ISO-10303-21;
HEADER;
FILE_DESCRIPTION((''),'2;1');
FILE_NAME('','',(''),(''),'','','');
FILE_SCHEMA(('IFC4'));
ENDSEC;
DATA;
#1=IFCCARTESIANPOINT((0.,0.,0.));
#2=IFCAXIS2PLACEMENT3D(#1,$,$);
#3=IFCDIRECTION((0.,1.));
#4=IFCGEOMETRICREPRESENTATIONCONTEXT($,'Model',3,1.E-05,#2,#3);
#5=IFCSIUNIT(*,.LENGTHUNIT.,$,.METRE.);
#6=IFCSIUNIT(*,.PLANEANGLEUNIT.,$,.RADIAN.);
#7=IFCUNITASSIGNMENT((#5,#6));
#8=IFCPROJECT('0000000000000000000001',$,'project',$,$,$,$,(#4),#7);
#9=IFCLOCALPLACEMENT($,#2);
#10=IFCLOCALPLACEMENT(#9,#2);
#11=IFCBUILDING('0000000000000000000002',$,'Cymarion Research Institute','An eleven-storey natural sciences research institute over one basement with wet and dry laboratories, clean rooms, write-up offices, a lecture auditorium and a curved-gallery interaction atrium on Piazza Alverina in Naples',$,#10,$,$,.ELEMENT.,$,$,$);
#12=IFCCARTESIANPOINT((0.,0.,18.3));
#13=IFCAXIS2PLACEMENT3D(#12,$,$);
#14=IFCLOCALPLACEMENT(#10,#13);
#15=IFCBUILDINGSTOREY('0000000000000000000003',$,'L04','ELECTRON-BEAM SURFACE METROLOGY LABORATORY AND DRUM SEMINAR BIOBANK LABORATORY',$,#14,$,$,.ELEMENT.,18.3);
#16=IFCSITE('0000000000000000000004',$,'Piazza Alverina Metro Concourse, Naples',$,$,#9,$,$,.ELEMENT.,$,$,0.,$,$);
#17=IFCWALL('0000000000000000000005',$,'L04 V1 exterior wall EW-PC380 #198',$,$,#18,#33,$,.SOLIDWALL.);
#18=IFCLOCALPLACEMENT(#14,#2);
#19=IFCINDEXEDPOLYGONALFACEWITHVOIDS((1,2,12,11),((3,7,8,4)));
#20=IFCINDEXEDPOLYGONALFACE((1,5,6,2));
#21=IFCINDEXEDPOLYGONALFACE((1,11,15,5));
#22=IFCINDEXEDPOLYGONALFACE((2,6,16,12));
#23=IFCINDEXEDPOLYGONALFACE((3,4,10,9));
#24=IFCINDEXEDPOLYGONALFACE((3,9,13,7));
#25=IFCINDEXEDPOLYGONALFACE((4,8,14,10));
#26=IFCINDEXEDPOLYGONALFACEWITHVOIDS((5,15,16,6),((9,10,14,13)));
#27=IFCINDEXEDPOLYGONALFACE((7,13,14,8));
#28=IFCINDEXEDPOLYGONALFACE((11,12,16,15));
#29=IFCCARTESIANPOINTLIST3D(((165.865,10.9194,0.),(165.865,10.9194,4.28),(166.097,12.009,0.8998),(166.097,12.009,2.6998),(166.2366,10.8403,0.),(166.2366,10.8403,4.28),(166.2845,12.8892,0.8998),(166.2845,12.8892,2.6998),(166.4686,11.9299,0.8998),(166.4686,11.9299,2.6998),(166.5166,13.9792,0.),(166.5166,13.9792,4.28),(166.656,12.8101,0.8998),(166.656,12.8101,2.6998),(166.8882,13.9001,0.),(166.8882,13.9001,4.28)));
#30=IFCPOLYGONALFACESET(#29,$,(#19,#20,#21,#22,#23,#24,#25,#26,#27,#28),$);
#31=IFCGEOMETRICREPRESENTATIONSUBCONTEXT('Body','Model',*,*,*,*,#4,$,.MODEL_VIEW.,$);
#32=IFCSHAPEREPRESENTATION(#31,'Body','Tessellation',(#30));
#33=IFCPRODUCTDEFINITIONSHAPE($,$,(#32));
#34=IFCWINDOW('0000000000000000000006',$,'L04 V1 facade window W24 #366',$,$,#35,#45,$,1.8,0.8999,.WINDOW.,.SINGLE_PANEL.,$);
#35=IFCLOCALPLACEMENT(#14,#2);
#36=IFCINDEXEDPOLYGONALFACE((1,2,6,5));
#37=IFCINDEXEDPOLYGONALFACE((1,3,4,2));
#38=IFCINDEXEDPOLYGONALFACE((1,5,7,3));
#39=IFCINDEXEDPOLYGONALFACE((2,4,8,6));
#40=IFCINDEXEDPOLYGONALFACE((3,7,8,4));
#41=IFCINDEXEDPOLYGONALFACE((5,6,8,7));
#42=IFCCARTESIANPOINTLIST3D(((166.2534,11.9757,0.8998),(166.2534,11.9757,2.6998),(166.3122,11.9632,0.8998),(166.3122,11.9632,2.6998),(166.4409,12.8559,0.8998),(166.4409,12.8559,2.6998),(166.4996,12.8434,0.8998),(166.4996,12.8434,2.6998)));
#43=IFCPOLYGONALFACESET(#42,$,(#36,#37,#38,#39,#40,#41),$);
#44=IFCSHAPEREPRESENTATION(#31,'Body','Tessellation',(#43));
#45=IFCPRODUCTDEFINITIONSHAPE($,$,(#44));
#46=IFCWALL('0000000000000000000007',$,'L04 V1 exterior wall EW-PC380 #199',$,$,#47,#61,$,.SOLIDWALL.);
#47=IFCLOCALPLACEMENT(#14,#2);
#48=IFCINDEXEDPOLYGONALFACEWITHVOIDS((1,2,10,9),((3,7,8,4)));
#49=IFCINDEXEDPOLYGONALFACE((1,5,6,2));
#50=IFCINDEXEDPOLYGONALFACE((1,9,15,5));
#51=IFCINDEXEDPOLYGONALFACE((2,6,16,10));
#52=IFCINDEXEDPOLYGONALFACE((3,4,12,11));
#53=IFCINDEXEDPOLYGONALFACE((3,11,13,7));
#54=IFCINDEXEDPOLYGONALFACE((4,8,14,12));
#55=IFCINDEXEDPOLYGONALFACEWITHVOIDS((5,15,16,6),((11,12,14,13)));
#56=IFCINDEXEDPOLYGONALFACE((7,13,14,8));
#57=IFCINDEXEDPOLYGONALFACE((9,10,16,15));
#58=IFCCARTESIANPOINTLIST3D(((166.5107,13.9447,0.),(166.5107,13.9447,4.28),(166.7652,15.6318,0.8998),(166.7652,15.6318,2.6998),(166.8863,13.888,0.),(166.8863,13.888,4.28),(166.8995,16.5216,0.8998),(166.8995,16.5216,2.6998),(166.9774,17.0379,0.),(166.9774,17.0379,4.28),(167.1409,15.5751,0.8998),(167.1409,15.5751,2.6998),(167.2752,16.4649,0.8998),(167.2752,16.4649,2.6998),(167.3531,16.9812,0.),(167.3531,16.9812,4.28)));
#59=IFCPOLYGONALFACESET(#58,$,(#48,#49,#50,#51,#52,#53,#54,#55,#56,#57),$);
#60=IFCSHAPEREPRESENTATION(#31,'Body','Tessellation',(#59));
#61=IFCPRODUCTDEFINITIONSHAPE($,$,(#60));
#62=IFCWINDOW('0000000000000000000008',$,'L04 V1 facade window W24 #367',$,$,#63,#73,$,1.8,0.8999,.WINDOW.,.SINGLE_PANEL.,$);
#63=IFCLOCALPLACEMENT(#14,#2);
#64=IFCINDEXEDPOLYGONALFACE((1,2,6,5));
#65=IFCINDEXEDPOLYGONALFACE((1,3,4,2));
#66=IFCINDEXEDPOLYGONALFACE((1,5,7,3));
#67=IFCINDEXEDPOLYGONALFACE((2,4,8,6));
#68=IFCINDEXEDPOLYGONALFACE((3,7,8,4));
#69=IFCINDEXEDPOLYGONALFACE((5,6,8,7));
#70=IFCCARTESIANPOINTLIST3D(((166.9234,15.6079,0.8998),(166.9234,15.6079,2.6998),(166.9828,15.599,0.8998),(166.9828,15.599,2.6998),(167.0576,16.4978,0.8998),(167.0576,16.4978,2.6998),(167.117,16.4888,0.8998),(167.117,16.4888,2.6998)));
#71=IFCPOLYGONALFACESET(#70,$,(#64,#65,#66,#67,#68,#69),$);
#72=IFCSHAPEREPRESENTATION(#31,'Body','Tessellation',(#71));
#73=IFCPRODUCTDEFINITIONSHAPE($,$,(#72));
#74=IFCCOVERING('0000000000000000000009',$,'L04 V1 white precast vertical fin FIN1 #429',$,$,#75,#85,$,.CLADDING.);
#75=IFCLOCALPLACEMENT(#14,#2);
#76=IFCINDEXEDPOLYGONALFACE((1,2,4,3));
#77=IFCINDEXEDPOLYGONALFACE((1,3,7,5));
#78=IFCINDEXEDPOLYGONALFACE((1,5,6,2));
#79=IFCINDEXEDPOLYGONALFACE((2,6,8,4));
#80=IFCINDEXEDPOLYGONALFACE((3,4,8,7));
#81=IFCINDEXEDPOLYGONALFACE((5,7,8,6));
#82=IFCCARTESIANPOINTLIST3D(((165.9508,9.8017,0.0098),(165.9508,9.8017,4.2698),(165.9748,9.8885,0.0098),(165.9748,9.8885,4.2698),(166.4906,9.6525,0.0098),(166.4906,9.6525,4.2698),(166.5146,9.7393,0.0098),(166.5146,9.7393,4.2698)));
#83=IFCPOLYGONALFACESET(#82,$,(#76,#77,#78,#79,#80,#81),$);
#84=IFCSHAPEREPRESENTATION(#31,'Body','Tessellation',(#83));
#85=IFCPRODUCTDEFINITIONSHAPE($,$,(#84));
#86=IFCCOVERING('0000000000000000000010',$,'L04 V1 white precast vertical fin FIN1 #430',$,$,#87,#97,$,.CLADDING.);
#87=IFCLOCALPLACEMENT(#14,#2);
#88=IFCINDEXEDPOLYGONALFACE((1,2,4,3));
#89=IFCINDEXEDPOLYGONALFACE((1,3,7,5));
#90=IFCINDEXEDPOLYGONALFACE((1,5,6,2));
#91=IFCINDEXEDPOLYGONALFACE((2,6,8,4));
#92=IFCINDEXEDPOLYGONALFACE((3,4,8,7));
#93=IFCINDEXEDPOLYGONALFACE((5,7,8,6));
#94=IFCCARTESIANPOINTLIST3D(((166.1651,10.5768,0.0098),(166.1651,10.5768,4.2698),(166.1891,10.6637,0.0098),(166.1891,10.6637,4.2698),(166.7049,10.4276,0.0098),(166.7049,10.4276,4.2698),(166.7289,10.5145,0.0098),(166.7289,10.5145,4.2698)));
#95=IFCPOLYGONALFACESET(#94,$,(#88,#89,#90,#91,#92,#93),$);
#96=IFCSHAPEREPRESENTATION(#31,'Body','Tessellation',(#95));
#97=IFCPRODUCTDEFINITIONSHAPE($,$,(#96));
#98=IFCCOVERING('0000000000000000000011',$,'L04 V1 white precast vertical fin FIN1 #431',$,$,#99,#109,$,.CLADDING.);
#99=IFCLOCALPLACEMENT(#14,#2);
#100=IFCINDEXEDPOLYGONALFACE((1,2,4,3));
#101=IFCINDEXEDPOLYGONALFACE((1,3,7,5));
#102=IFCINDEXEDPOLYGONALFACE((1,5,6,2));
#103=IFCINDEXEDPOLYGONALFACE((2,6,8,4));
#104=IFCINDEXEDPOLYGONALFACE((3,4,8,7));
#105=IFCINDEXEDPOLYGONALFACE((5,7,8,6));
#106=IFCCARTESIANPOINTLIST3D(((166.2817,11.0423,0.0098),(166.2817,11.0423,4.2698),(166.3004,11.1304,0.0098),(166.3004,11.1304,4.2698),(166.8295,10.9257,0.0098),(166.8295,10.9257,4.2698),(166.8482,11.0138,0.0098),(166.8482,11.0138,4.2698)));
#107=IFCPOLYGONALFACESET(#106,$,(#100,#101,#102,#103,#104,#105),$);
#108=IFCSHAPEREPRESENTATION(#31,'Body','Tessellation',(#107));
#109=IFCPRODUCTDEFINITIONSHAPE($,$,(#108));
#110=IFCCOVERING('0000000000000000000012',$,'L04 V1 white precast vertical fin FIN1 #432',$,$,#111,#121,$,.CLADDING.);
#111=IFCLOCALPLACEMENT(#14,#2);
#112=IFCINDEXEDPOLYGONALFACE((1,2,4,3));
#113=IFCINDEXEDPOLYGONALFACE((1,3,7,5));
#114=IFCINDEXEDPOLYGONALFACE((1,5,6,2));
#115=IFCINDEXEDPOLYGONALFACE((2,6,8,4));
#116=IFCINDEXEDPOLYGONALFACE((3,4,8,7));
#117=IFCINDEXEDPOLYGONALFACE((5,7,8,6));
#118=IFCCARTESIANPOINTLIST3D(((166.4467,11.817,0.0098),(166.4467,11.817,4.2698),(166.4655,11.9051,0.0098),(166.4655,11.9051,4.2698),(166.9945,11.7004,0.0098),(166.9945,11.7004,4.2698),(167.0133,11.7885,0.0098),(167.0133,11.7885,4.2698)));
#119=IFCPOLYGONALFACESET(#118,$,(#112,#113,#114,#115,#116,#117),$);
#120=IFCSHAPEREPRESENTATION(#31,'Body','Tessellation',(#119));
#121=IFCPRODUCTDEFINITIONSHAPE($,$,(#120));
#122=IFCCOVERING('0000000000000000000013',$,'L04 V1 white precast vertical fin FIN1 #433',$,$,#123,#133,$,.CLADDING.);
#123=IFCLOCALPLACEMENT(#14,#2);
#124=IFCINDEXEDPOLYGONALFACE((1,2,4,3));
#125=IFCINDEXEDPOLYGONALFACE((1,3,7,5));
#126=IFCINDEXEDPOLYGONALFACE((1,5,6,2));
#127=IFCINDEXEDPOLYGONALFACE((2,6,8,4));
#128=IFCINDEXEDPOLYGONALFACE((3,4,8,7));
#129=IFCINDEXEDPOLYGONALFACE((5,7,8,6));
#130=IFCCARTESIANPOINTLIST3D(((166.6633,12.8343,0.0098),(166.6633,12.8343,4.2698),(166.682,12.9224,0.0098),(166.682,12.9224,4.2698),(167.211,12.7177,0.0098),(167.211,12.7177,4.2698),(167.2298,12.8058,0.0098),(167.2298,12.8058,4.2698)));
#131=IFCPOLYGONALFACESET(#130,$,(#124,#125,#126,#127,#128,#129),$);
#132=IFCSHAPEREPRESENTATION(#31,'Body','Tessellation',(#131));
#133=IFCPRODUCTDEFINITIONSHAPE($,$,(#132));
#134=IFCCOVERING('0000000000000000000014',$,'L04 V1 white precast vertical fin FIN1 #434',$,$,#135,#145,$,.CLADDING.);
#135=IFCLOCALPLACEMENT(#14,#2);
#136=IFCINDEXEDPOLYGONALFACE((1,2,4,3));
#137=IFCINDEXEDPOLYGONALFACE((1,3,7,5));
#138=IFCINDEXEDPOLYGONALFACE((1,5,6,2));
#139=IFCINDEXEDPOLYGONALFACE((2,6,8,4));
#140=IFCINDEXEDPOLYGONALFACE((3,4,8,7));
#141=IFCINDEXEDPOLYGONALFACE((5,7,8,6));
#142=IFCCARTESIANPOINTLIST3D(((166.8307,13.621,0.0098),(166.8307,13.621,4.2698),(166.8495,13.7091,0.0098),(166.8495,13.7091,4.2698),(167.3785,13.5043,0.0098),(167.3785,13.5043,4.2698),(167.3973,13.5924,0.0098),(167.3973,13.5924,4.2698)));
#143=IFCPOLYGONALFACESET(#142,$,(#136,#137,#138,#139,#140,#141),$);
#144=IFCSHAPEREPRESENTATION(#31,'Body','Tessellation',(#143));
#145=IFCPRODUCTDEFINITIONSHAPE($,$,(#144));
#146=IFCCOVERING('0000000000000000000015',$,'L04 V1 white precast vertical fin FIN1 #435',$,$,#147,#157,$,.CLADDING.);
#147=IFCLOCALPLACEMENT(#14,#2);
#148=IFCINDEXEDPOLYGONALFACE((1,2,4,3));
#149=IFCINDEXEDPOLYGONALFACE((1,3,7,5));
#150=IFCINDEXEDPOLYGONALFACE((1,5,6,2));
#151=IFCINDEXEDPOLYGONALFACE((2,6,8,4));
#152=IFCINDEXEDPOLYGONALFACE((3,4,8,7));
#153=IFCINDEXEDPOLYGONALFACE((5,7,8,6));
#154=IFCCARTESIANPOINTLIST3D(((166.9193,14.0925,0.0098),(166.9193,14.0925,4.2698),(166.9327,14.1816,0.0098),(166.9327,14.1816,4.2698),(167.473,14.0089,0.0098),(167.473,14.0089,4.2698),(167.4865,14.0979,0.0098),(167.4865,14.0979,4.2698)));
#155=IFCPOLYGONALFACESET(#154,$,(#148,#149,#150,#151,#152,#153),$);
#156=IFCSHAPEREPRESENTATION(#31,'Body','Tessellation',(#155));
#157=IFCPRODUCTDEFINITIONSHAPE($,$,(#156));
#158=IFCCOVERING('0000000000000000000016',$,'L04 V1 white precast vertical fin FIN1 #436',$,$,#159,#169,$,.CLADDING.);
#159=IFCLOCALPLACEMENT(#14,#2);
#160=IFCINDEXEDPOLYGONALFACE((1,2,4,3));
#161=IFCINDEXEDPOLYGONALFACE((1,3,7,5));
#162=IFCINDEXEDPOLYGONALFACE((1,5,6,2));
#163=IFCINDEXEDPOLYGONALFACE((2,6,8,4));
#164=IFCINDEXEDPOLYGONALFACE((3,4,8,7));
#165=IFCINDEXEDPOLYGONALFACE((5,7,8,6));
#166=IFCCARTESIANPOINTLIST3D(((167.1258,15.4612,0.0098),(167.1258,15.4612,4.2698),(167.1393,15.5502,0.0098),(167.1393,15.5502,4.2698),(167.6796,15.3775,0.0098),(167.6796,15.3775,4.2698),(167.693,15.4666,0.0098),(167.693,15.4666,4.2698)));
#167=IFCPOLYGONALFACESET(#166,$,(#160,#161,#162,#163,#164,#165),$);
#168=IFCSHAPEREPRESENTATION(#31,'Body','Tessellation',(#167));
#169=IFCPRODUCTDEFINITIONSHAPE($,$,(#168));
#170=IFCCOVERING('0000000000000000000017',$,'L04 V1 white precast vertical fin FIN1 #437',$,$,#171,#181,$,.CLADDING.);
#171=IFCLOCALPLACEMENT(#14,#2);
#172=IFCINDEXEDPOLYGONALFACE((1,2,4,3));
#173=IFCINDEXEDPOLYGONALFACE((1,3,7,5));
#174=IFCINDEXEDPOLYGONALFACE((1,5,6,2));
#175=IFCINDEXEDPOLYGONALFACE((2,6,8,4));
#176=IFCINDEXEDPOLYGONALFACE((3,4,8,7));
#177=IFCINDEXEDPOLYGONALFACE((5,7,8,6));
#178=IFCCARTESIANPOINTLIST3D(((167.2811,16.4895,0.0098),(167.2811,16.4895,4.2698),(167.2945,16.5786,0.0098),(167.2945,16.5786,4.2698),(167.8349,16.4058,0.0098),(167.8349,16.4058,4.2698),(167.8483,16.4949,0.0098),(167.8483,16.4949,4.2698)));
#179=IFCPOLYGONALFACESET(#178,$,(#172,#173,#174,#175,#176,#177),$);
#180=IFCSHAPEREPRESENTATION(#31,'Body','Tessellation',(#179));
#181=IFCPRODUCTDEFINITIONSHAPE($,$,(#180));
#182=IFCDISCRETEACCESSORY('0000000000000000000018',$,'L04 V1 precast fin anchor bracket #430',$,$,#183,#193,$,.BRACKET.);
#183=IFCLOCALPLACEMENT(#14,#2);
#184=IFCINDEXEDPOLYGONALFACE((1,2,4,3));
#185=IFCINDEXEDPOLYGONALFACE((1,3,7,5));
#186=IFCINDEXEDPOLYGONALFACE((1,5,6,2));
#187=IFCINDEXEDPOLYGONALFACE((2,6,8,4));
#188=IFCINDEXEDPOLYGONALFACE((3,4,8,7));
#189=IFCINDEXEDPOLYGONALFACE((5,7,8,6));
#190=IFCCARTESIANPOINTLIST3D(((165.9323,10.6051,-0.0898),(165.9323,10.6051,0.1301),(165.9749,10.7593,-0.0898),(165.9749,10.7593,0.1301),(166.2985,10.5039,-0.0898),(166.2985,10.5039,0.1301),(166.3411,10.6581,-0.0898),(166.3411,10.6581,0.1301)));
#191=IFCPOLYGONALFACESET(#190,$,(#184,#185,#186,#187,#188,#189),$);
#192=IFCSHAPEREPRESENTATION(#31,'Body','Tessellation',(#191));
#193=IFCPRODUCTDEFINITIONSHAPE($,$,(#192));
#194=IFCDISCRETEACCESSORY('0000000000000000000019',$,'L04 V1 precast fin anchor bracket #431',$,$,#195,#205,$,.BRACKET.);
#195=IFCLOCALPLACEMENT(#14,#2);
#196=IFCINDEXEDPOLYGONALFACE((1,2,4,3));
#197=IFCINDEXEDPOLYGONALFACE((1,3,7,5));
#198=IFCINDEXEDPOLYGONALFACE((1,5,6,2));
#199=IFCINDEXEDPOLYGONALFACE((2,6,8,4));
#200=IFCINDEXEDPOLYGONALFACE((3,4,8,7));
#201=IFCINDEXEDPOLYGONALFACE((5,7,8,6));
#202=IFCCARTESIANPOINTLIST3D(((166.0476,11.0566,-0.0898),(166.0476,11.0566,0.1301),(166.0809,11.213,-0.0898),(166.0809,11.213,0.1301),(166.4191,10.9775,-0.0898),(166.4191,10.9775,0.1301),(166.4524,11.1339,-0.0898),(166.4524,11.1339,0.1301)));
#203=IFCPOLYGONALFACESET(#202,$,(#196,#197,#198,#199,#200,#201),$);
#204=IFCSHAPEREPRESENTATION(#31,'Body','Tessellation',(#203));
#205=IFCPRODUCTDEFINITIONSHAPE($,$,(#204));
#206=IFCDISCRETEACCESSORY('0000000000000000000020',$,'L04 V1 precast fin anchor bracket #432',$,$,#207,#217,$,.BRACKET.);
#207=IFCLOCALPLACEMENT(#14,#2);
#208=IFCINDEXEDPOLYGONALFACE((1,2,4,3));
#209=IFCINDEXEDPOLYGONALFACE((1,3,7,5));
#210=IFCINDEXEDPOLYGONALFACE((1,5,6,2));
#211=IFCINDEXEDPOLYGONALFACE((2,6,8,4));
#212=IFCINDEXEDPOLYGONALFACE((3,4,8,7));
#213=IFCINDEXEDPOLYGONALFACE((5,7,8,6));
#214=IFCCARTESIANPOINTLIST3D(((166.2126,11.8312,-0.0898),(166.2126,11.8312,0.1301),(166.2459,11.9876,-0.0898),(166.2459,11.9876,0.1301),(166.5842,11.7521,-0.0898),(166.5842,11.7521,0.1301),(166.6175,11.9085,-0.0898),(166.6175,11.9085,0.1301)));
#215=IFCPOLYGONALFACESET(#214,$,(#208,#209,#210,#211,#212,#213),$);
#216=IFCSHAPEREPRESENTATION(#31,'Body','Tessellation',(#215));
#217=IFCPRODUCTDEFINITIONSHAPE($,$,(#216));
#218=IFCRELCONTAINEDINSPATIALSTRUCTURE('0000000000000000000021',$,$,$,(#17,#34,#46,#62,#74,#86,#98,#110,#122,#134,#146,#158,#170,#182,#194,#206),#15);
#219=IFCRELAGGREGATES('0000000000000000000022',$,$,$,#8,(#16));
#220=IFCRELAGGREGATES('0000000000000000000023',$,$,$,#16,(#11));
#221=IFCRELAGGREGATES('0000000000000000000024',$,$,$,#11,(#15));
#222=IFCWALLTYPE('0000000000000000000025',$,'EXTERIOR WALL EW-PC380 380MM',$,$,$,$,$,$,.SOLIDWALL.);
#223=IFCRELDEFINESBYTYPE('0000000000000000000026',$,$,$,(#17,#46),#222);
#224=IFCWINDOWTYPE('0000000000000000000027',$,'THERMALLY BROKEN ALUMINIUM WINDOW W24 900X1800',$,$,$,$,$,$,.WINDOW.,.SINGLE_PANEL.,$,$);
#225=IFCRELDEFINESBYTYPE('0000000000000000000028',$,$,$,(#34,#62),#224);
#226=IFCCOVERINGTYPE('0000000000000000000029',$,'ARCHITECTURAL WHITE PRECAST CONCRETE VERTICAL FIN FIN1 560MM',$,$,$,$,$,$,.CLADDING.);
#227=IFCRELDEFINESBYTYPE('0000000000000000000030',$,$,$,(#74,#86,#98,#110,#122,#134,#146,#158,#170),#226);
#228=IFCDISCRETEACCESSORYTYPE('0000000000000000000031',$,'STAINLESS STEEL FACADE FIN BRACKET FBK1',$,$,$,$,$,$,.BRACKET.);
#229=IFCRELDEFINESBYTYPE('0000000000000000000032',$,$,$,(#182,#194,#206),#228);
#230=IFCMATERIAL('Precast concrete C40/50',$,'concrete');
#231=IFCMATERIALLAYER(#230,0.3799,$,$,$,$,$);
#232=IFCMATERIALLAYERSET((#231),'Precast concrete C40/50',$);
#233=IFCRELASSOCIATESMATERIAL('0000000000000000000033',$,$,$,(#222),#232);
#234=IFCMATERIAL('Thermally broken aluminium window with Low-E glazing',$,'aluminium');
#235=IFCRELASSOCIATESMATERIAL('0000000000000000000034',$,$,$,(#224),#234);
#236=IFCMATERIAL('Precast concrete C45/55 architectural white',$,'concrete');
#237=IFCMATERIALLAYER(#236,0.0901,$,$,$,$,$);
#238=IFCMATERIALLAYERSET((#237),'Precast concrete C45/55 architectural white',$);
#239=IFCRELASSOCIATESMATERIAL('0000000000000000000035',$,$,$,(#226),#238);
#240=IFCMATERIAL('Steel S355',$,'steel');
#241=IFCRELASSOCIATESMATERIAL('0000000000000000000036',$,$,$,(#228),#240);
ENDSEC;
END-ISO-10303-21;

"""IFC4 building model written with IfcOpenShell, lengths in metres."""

from ifc_helpers import new_model, si_unit, direction, frame, frame_2d, origin, origin_2d, place, context, subcontext, project, spatial, rectangle, extrude, material, layer, layer_set, type_object, element, fill, save


model = new_model("IFC4")

# Units and contexts
model_context = context("Model", 3, precision=1e-05, world=origin(), true_north=direction((0.0, 1.0)))
body_context = subcontext(model_context, "Body", "Model", "MODEL_VIEW")
ifc_project = project(units=[si_unit("LENGTHUNIT", "METRE"), si_unit("PLANEANGLEUNIT", "RADIAN")], contexts=[model_context])

# Site, building, storey
site_placement = place(None, origin())
site = spatial("IfcSite", under=ifc_project, at=site_placement, Name="Piazza Alverina Metro Concourse, Naples", CompositionType="ELEMENT", RefElevation=0.0)
building_placement = place(site_placement, origin())
building = spatial("IfcBuilding", under=site, at=building_placement, Name="Cymarion Research Institute", Description="An eleven-storey natural sciences research institute over one basement with wet and dry laboratories, clean rooms, write-up offices, a lecture auditorium and a curved-gallery interaction atrium on Piazza Alverina in Naples", CompositionType="ELEMENT")
storey_placement = place(building_placement, frame((0.0, 0.0, 18.3)))
storey = spatial("IfcBuildingStorey", under=building, at=storey_placement, Name="L04", Description="ELECTRON-BEAM SURFACE METROLOGY LABORATORY AND DRUM SEMINAR BIOBANK LABORATORY", CompositionType="ELEMENT", Elevation=18.3)

# Walls, openings, windows
ifc_material_1 = material(Name="Precast concrete C40/50", Category="concrete")
ifc_layer_1 = layer(ifc_material_1, 0.3799)
ifc_layer_set_1 = layer_set([ifc_layer_1], Name="Precast concrete C40/50")
wall_type = type_object("IfcWallType", Name="EXTERIOR WALL EW-PC380 380MM", PredefinedType="SOLIDWALL", material=ifc_layer_set_1)
wall_1_placement = place(storey_placement, frame((166.0508, 10.8799, 0.0), z_axis=(0.0, 0.0, 1.0), x_axis=(0.208287, 0.978068, 0.0)))
wall_1 = element("IfcWall", 1, at=wall_1_placement, inside=storey, type_object=wall_type, Name="L04 V1 exterior wall EW-PC380 #198", PredefinedType="SOLIDWALL", context=body_context, shape_type="SweptSolid", body=[
    extrude(rectangle(XDim=3.1284, YDim=0.3799, at=frame_2d((1.5642, 0.0))), origin(), (0.0, 0.0, 1.0), 4.28),
])
opening_1_placement = place(wall_1_placement, frame((1.114, 0.0, 0.8999)))
opening_1 = element("IfcOpeningElement", 2, at=opening_1_placement, cuts=wall_1, PredefinedType="OPENING", context=body_context, shape_type="SweptSolid", body=[
    extrude(rectangle(XDim=0.8999, YDim=1.8, at=frame_2d((0.45, 0.8999))), frame((0.0, 0.2, 0.0), z_axis=(0.0, -1.0, 0.0), x_axis=(1.0, 0.0, 0.0)), (0.0, 0.0, 1.0), 0.3999),
])
ifc_material_2 = material(Name="Thermally broken aluminium window with Low-E glazing", Category="aluminium")
window_type = type_object("IfcWindowType", Name="THERMALLY BROKEN ALUMINIUM WINDOW W24 900X1800", PartitioningType="SINGLE_PANEL", PredefinedType="WINDOW", material=ifc_material_2)
window_1_placement = place(opening_1_placement, origin())
window_1 = element("IfcWindow", 3, at=window_1_placement, inside=storey, type_object=window_type, Name="L04 V1 facade window W24 #366", OverallHeight=1.8, OverallWidth=0.8999, PartitioningType="SINGLE_PANEL", PredefinedType="WINDOW", context=body_context, shape_type="SweptSolid", body=[
    extrude(rectangle(XDim=0.8999, YDim=1.8, at=frame_2d((0.45, 0.8999))), frame((0.0, 0.03, 0.0), z_axis=(0.0, -1.0, 0.0), x_axis=(1.0, 0.0, 0.0)), (0.0, 0.0, 1.0), 0.0601),
])
fill(opening_1, window_1)
wall_2_placement = place(storey_placement, frame((166.6985, 13.9165, 0.0), z_axis=(0.0, 0.0, 1.0), x_axis=(0.149218, 0.988804, 0.0)))
wall_2 = element("IfcWall", 4, at=wall_2_placement, inside=storey, type_object=wall_type, Name="L04 V1 exterior wall EW-PC380 #199", PredefinedType="SOLIDWALL", context=body_context, shape_type="SweptSolid", body=[
    extrude(rectangle(XDim=3.1282, YDim=0.3799, at=frame_2d((1.564, 0.0))), origin(), (0.0, 0.0, 1.0), 4.28),
])
opening_2_placement = place(wall_2_placement, frame((1.7061, 0.0, 0.8999)))
opening_2 = element("IfcOpeningElement", 5, at=opening_2_placement, cuts=wall_2, PredefinedType="OPENING", context=body_context, shape_type="SweptSolid", body=[
    extrude(rectangle(XDim=0.8999, YDim=1.8, at=frame_2d((0.45, 0.8999))), frame((0.0, 0.2, 0.0), z_axis=(0.0, -1.0, 0.0), x_axis=(1.0, 0.0, 0.0)), (0.0, 0.0, 1.0), 0.3999),
])
window_2_placement = place(opening_2_placement, origin())
window_2 = element("IfcWindow", 6, at=window_2_placement, inside=storey, type_object=window_type, Name="L04 V1 facade window W24 #367", OverallHeight=1.8, OverallWidth=0.8999, PartitioningType="SINGLE_PANEL", PredefinedType="WINDOW", context=body_context, shape_type="SweptSolid", body=[
    extrude(rectangle(XDim=0.8999, YDim=1.8, at=frame_2d((0.45, 0.8999))), frame((0.0, 0.03, 0.0), z_axis=(0.0, -1.0, 0.0), x_axis=(1.0, 0.0, 0.0)), (0.0, 0.0, 1.0), 0.0601),
])
fill(opening_2, window_2)

# Coverings
ifc_material_3 = material(Name="Precast concrete C45/55 architectural white", Category="concrete")
ifc_layer_2 = layer(ifc_material_3, 0.0901)
ifc_layer_set_2 = layer_set([ifc_layer_2], Name="Precast concrete C45/55 architectural white")
covering_type = type_object("IfcCoveringType", Name="ARCHITECTURAL WHITE PRECAST CONCRETE VERTICAL FIN FIN1 560MM", PredefinedType="CLADDING", material=ifc_layer_set_2)
for number, where, z_axis, x_axis, name in (
    (7, (166.2327, 9.7705, 0.0098), (0.0, 0.0, 1.0), (0.963863, -0.266397, 0.0), "L04 V1 white precast vertical fin FIN1 #429"),
    (8, (166.447, 10.5457, 0.0098), (0.0, 0.0, 1.0), (0.963863, -0.266397, 0.0), "L04 V1 white precast vertical fin FIN1 #430"),
    (9, (166.5649, 11.0281, 0.0098), (0.0, 0.0, 1.0), (0.978075, -0.208253, 0.0), "L04 V1 white precast vertical fin FIN1 #431"),
    (10, (166.73, 11.8027, 0.0098), (0.0, 0.0, 1.0), (0.978075, -0.208253, 0.0), "L04 V1 white precast vertical fin FIN1 #432"),
    (11, (166.9465, 12.8201, 0.0098), (0.0, 0.0, 1.0), (0.978075, -0.208253, 0.0), "L04 V1 white precast vertical fin FIN1 #433"),
    (12, (167.114, 13.6067, 0.0098), (0.0, 0.0, 1.0), (0.978075, -0.208253, 0.0), "L04 V1 white precast vertical fin FIN1 #434"),
    (13, (167.2029, 14.0952, 0.0098), (0.0, 0.0, 1.0), (0.988782, -0.149363, 0.0), "L04 V1 white precast vertical fin FIN1 #435"),
    (14, (167.4094, 15.4639, 0.0098), (0.0, 0.0, 1.0), (0.988782, -0.149363, 0.0), "L04 V1 white precast vertical fin FIN1 #436"),
    (15, (167.5647, 16.4922, 0.0098), (0.0, 0.0, 1.0), (0.988782, -0.149363, 0.0), "L04 V1 white precast vertical fin FIN1 #437"),
):
    element("IfcCovering", number, at=place(storey_placement, frame(where, z_axis=z_axis, x_axis=x_axis)), inside=storey, type_object=covering_type, Name=name, PredefinedType="CLADDING", context=body_context, shape_type="SweptSolid", body=[
        extrude(rectangle(XDim=0.5601, YDim=0.0901, at=origin_2d()), origin(), (0.0, 0.0, 1.0), 4.26),
    ])

# Discrete accessories
ifc_material_4 = material(Name="Steel S355", Category="steel")
discrete_accessory_type = type_object("IfcDiscreteAccessoryType", Name="STAINLESS STEEL FACADE FIN BRACKET FBK1", PredefinedType="BRACKET", material=ifc_material_4)
for number, where, z_axis, x_axis, name in (
    (16, (166.1367, 10.6316, -0.0898), (0.0, 0.0, 1.0), (0.963863, -0.266397, 0.0), "L04 V1 precast fin anchor bracket #430"),
    (17, (166.25, 11.0952, -0.0898), (0.0, 0.0, 1.0), (0.978075, -0.208253, 0.0), "L04 V1 precast fin anchor bracket #431"),
    (18, (166.415, 11.8699, -0.0898), (0.0, 0.0, 1.0), (0.978075, -0.208253, 0.0), "L04 V1 precast fin anchor bracket #432"),
):
    element("IfcDiscreteAccessory", number, at=place(storey_placement, frame(where, z_axis=z_axis, x_axis=x_axis)), inside=storey, type_object=discrete_accessory_type, Name=name, PredefinedType="BRACKET", context=body_context, shape_type="SweptSolid", body=[
        extrude(rectangle(XDim=0.3799, YDim=0.1599, at=origin_2d()), origin(), (0.0, 0.0, 1.0), 0.22),
    ])

save(model, "model.ifc")
